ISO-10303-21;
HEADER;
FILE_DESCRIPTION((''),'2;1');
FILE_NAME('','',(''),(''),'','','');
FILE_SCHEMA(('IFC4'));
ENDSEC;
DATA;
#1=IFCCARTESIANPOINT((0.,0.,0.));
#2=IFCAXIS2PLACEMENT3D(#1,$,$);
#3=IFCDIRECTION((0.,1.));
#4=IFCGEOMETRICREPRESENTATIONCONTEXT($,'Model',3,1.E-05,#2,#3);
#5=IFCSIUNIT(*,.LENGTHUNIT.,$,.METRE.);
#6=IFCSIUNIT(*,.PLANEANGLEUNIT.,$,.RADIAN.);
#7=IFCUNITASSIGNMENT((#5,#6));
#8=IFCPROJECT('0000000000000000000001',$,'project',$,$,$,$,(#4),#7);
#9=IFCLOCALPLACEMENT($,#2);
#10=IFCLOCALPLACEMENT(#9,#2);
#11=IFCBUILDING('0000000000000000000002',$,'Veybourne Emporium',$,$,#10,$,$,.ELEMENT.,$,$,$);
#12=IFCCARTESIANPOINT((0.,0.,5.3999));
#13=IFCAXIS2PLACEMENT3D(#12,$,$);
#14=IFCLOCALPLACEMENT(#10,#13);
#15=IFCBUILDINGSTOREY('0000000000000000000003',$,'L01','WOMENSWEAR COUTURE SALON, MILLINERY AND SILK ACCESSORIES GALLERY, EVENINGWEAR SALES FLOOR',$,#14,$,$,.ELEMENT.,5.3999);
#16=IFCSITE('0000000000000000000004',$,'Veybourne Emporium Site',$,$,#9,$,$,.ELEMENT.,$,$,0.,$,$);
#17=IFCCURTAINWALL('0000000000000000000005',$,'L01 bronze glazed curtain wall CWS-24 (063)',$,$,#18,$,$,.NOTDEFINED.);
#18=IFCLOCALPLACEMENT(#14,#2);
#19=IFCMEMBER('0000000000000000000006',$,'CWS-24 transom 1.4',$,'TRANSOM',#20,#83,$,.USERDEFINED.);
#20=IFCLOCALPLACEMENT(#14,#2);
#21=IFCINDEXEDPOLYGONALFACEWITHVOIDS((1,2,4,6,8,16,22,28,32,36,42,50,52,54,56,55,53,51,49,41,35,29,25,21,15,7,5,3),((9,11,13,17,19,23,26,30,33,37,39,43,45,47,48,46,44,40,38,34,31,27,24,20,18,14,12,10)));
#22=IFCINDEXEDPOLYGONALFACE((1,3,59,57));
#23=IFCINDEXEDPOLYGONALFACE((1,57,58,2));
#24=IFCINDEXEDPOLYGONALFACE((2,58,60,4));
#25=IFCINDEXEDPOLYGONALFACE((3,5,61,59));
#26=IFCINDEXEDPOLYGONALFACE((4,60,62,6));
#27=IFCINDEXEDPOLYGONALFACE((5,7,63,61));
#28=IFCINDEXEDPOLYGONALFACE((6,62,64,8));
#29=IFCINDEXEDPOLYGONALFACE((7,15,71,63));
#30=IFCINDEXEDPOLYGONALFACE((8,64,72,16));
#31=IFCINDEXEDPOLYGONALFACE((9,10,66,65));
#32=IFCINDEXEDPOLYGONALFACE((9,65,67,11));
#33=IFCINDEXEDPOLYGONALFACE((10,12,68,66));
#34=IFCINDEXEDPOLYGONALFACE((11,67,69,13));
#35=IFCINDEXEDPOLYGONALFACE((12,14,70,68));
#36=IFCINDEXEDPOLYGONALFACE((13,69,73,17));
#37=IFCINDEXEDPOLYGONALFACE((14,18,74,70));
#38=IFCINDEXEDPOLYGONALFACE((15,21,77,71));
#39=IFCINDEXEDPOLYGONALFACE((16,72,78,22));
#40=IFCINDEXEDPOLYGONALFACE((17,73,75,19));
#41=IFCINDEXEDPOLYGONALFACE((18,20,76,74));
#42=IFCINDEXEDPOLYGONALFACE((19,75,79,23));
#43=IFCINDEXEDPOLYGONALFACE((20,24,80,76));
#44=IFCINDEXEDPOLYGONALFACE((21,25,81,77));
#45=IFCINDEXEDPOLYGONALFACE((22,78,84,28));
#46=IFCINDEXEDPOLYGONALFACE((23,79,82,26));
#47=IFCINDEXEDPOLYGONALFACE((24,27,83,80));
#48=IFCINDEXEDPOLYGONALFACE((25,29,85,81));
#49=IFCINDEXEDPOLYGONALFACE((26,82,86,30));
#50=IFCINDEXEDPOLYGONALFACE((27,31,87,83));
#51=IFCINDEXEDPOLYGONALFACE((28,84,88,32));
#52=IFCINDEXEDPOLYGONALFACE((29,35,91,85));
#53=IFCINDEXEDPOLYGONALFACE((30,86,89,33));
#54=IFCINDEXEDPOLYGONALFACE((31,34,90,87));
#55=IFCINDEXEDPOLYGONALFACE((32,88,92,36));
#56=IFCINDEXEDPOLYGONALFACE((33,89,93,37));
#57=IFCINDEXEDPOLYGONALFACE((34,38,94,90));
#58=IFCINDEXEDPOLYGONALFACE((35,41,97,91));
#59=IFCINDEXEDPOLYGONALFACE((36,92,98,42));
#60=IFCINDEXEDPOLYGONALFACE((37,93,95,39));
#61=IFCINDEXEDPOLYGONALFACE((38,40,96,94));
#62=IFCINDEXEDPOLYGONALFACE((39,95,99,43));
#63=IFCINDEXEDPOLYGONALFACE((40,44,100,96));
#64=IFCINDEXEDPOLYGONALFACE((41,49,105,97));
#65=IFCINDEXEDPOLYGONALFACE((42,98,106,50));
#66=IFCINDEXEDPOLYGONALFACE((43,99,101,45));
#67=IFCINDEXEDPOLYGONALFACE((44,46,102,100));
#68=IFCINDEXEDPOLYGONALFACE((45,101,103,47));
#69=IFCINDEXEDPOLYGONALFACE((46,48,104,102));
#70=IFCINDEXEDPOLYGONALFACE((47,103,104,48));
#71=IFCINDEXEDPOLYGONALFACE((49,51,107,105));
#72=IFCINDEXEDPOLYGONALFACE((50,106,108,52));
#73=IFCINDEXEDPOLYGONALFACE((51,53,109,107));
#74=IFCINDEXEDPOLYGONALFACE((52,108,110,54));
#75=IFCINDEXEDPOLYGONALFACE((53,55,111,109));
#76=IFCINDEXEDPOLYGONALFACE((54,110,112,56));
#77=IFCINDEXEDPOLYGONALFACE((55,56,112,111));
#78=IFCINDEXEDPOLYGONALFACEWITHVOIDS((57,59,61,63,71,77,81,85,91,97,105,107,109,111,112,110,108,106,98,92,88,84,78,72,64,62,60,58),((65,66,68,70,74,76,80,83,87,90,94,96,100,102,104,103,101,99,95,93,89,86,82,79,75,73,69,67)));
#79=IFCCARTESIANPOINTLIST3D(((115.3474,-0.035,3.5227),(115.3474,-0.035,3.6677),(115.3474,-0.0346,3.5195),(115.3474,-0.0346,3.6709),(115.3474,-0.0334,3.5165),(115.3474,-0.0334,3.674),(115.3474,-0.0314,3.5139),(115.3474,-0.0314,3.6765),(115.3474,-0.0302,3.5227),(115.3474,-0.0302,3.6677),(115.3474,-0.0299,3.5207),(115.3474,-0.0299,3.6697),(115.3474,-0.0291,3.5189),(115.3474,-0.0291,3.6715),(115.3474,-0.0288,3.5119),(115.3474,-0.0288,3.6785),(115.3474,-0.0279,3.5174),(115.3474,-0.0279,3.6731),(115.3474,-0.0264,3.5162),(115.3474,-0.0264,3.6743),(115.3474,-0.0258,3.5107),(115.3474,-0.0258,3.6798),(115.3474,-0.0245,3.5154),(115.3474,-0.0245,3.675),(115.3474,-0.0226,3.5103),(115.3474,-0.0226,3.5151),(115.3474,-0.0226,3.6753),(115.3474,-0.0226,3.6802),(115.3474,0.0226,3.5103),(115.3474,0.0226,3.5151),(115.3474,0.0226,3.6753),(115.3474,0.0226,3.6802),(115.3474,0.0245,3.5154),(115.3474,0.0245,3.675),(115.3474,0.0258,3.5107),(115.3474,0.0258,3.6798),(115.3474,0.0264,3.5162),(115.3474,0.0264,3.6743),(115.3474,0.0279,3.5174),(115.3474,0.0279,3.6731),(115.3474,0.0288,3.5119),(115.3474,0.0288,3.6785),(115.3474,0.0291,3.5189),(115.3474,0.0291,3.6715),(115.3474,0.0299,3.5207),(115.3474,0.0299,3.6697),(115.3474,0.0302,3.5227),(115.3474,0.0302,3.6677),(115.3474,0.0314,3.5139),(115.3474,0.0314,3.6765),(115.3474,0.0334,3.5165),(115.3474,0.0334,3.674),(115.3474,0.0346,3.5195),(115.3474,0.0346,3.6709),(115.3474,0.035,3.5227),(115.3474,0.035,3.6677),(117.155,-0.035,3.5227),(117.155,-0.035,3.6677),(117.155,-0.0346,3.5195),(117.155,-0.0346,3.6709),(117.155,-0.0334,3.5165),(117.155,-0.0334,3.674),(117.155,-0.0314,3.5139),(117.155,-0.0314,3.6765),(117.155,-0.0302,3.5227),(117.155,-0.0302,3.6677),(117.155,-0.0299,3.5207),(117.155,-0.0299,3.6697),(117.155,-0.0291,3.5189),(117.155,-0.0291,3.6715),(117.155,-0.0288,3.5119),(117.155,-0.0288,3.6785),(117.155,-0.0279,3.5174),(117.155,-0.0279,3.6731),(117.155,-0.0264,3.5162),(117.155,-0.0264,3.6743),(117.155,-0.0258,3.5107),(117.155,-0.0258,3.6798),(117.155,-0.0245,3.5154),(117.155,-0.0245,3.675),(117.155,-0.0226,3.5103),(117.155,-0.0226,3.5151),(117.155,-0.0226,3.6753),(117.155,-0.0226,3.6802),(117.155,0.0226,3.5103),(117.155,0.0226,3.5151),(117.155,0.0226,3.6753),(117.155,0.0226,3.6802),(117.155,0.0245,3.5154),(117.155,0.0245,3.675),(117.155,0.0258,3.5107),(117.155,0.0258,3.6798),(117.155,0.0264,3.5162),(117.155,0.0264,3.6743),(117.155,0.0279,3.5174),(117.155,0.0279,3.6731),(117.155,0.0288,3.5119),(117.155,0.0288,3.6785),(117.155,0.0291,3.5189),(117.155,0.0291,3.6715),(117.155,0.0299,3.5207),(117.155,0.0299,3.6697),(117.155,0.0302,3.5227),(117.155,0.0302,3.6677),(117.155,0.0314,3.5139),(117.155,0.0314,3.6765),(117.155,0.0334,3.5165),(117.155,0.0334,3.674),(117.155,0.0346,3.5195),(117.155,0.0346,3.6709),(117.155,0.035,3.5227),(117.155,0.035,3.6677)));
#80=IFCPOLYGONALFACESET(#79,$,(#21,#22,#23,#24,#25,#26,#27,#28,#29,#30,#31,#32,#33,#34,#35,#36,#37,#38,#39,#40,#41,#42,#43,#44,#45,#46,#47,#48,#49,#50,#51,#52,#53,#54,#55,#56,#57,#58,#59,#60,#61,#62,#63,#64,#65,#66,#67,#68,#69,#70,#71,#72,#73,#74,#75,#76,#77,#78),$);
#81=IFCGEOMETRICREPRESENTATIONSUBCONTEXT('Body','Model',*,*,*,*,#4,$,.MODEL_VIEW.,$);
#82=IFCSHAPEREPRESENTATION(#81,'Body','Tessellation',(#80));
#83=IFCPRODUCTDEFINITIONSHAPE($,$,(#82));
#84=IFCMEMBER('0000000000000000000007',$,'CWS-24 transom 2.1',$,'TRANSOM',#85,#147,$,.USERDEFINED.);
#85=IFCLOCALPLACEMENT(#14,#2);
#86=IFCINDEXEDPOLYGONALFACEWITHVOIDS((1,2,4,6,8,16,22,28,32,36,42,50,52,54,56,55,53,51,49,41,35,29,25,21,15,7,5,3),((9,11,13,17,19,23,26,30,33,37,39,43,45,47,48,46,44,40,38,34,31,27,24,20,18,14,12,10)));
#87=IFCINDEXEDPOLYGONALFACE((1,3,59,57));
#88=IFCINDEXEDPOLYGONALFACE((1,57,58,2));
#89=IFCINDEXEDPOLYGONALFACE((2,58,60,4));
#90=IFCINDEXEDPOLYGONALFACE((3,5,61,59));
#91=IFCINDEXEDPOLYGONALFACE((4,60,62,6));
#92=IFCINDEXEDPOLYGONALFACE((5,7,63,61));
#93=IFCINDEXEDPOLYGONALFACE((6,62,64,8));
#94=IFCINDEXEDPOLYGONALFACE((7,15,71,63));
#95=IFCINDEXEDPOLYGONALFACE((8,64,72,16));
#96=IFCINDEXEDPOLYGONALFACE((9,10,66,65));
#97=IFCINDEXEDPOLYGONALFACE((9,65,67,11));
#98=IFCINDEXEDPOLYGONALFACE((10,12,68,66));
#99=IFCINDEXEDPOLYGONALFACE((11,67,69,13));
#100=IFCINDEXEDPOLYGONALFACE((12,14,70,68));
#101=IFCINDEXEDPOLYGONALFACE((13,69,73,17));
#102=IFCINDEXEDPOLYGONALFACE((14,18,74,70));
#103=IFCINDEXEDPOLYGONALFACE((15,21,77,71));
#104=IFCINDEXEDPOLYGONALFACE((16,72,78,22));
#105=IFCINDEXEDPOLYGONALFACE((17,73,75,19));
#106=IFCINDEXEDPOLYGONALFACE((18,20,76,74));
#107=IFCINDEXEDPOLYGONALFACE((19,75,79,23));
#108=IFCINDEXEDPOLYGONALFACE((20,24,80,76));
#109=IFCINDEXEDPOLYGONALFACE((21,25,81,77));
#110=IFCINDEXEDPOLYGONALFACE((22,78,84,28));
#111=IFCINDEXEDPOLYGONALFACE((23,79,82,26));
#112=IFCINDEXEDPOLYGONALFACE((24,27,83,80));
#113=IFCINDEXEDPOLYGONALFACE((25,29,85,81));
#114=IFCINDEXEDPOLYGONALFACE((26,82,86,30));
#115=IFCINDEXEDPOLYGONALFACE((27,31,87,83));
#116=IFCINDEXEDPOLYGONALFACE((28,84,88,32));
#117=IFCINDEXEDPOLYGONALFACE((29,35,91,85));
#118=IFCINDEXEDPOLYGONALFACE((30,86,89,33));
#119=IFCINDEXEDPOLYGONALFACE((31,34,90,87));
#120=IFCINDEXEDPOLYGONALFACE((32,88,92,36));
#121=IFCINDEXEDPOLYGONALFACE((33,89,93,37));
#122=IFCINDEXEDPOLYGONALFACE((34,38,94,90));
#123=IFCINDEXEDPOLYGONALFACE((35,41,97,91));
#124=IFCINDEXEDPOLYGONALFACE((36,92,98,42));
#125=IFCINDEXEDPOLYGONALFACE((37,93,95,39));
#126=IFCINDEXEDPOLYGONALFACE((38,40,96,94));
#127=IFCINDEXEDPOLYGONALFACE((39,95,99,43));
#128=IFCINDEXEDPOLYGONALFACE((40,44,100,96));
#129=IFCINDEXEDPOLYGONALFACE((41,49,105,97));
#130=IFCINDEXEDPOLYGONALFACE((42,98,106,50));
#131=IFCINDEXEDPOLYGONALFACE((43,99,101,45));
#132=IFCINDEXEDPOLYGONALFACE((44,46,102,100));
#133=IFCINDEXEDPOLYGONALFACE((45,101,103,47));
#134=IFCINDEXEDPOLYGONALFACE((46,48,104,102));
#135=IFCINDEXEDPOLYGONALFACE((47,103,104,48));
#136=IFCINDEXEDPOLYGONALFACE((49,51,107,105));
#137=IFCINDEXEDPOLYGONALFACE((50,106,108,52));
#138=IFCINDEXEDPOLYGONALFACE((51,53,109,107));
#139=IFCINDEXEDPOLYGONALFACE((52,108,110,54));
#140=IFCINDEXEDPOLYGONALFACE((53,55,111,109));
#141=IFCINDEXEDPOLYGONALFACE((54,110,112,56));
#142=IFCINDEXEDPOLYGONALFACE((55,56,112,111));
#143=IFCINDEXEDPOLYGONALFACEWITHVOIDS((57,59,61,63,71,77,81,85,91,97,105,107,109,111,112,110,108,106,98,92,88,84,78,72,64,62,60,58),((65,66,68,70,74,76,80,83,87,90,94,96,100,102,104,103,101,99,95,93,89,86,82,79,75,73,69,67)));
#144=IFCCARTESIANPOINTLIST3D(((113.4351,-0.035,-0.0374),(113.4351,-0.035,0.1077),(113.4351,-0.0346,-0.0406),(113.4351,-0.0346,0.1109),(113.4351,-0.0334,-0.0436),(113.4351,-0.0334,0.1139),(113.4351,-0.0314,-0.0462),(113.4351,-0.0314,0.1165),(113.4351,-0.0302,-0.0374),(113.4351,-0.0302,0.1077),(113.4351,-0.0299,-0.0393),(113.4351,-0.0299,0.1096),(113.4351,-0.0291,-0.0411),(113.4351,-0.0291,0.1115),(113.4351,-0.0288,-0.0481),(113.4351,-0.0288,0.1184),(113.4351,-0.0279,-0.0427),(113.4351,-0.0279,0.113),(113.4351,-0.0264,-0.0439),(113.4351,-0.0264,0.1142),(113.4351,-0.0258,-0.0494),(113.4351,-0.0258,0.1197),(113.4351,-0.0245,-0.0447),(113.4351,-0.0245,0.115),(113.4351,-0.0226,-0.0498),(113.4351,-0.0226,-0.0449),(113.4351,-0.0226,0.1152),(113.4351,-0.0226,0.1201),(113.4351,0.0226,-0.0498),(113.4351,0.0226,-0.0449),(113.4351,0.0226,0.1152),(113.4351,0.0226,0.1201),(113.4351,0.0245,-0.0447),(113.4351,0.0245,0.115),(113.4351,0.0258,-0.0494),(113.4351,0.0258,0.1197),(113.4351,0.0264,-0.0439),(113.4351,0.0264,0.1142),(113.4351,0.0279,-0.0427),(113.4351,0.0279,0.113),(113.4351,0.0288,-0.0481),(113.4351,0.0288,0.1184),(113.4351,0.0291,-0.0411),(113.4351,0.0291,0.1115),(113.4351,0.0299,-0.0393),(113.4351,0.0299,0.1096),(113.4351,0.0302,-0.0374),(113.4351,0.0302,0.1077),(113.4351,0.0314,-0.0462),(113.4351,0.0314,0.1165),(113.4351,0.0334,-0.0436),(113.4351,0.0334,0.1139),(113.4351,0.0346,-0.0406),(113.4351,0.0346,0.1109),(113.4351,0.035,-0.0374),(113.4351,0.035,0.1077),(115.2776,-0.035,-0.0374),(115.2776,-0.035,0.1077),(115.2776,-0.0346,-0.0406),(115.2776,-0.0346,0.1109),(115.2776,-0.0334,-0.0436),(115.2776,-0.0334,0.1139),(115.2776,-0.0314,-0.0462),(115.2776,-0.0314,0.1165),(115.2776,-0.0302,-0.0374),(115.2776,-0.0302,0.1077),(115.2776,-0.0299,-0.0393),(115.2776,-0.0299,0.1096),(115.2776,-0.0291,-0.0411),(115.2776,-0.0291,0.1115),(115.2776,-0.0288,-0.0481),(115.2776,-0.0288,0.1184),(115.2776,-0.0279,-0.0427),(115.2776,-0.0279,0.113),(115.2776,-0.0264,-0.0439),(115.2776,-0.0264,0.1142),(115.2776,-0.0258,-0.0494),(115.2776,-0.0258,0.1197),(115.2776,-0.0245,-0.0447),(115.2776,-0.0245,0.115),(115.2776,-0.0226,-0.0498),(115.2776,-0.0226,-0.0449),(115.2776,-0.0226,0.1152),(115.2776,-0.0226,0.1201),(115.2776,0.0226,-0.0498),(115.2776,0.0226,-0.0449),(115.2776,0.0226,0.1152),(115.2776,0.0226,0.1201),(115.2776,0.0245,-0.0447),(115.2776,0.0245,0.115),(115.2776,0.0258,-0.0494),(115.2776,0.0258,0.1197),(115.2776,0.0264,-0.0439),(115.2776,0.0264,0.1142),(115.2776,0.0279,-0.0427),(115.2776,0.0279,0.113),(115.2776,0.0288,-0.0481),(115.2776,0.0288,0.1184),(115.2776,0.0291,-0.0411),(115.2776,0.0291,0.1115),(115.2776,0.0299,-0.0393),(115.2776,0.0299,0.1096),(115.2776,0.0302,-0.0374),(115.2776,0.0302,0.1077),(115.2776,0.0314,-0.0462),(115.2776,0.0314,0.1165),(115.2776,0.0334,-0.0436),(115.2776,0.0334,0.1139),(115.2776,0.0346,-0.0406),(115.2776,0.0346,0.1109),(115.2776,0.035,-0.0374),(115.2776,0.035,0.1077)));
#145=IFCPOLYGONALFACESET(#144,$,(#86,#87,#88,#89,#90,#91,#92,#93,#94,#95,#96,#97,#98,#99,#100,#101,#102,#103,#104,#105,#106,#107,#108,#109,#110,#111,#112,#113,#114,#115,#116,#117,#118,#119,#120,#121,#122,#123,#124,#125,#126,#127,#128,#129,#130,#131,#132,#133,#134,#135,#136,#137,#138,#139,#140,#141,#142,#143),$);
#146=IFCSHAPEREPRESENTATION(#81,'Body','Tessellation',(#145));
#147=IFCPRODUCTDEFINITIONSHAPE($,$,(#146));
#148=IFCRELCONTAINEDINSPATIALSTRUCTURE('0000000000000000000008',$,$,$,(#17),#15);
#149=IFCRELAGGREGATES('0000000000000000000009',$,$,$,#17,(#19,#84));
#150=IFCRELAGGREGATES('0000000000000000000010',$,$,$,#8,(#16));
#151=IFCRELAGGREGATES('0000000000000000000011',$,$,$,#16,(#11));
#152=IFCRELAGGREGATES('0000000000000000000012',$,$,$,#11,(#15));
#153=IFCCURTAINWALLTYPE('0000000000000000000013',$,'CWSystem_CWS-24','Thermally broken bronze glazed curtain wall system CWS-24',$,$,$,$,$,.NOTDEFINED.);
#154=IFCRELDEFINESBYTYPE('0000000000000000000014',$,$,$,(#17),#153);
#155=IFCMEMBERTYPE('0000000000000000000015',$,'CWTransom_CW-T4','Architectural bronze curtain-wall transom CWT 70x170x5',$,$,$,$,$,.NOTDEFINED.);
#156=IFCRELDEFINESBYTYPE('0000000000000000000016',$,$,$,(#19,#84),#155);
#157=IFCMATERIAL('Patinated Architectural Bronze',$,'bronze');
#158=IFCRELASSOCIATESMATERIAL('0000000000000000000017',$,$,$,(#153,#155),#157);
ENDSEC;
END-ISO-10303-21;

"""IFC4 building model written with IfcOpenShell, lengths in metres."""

from ifc_helpers import new_model, si_unit, direction, frame, origin, origin_2d, place, context, subcontext, project, spatial, hollow_rectangle, extrude, material, material_profile, profile_set, type_object, element, aggregate, save


model = new_model("IFC4")

# Units and contexts
model_context = context("Model", 3, precision=1e-05, world=origin(), true_north=direction((0.0, 1.0)))
body_context = subcontext(model_context, "Body", "Model", "MODEL_VIEW")
ifc_project = project(units=[si_unit("LENGTHUNIT", "METRE"), si_unit("PLANEANGLEUNIT", "RADIAN")], contexts=[model_context])

# Site, building, storey
site_placement = place(None, origin())
site = spatial("IfcSite", under=ifc_project, at=site_placement, Name="Veybourne Emporium Site", CompositionType="ELEMENT", RefElevation=0.0)
building_placement = place(site_placement, origin())
building = spatial("IfcBuilding", under=site, at=building_placement, Name="Veybourne Emporium", CompositionType="ELEMENT")
storey_placement = place(building_placement, frame((0.0, 0.0, 5.3999)))
storey = spatial("IfcBuildingStorey", under=building, at=storey_placement, Name="L01", Description="WOMENSWEAR COUTURE SALON, MILLINERY AND SILK ACCESSORIES GALLERY, EVENINGWEAR SALES FLOOR", CompositionType="ELEMENT", Elevation=5.3999)

# Curtain wall, members
ifc_material_1 = material(Name="Patinated Architectural Bronze", Category="bronze")
curtain_wall_type = type_object("IfcCurtainWallType", Name="CWSystem_CWS-24", Description="Thermally broken bronze glazed curtain wall system CWS-24", PredefinedType="NOTDEFINED", material=ifc_material_1)
curtain_wall_placement = place(storey_placement, origin())
curtain_wall = element("IfcCurtainWall", 1, at=curtain_wall_placement, inside=storey, type_object=curtain_wall_type, Name="L01 bronze glazed curtain wall CWS-24 (063)", PredefinedType="NOTDEFINED")
ifc_material_profile_1 = material_profile(ifc_material_1, hollow_rectangle(XDim=0.0701, YDim=0.1699, WallThickness=0.0049, InnerFilletRadius=0.0076, OuterFilletRadius=0.0125, at=origin_2d()), Name="CWT 70x170x5")
ifc_profile_set_1 = profile_set([ifc_material_profile_1], Name="Patinated Architectural Bronze")
member_type_1 = type_object("IfcMemberType", Name="CWTransom_CW-T4", Description="Architectural bronze curtain-wall transom CWT 70x170x5", PredefinedType="NOTDEFINED", material=ifc_profile_set_1)
member_1_placement = place(storey_placement, frame((117.155, 0.0, 3.5952), z_axis=(-1.0, 0.0, 0.0), x_axis=(0.0, -1.0, 0.0)))
member_1 = element("IfcMember", 2, at=member_1_placement, type_object=member_type_1, Name="CWS-24 transom 1.4", ObjectType="TRANSOM", PredefinedType="USERDEFINED", context=body_context, shape_type="SweptSolid", body=[
    extrude(hollow_rectangle(XDim=0.0701, YDim=0.1699, WallThickness=0.0049, InnerFilletRadius=0.0076, OuterFilletRadius=0.0125, at=origin_2d()), origin(), (0.0, 0.0, 1.0), 1.8076),
])
member_2_placement = place(storey_placement, frame((115.2776, 0.0, 0.0352), z_axis=(-1.0, 0.0, 0.0), x_axis=(0.0, -1.0, 0.0)))
member_2 = element("IfcMember", 3, at=member_2_placement, type_object=member_type_1, Name="CWS-24 transom 2.1", ObjectType="TRANSOM", PredefinedType="USERDEFINED", context=body_context, shape_type="SweptSolid", body=[
    extrude(hollow_rectangle(XDim=0.0701, YDim=0.1699, WallThickness=0.0049, InnerFilletRadius=0.0076, OuterFilletRadius=0.0125, at=origin_2d()), origin(), (0.0, 0.0, 1.0), 1.8425),
])

aggregate(curtain_wall, [member_1, member_2])

save(model, "model.ifc")
